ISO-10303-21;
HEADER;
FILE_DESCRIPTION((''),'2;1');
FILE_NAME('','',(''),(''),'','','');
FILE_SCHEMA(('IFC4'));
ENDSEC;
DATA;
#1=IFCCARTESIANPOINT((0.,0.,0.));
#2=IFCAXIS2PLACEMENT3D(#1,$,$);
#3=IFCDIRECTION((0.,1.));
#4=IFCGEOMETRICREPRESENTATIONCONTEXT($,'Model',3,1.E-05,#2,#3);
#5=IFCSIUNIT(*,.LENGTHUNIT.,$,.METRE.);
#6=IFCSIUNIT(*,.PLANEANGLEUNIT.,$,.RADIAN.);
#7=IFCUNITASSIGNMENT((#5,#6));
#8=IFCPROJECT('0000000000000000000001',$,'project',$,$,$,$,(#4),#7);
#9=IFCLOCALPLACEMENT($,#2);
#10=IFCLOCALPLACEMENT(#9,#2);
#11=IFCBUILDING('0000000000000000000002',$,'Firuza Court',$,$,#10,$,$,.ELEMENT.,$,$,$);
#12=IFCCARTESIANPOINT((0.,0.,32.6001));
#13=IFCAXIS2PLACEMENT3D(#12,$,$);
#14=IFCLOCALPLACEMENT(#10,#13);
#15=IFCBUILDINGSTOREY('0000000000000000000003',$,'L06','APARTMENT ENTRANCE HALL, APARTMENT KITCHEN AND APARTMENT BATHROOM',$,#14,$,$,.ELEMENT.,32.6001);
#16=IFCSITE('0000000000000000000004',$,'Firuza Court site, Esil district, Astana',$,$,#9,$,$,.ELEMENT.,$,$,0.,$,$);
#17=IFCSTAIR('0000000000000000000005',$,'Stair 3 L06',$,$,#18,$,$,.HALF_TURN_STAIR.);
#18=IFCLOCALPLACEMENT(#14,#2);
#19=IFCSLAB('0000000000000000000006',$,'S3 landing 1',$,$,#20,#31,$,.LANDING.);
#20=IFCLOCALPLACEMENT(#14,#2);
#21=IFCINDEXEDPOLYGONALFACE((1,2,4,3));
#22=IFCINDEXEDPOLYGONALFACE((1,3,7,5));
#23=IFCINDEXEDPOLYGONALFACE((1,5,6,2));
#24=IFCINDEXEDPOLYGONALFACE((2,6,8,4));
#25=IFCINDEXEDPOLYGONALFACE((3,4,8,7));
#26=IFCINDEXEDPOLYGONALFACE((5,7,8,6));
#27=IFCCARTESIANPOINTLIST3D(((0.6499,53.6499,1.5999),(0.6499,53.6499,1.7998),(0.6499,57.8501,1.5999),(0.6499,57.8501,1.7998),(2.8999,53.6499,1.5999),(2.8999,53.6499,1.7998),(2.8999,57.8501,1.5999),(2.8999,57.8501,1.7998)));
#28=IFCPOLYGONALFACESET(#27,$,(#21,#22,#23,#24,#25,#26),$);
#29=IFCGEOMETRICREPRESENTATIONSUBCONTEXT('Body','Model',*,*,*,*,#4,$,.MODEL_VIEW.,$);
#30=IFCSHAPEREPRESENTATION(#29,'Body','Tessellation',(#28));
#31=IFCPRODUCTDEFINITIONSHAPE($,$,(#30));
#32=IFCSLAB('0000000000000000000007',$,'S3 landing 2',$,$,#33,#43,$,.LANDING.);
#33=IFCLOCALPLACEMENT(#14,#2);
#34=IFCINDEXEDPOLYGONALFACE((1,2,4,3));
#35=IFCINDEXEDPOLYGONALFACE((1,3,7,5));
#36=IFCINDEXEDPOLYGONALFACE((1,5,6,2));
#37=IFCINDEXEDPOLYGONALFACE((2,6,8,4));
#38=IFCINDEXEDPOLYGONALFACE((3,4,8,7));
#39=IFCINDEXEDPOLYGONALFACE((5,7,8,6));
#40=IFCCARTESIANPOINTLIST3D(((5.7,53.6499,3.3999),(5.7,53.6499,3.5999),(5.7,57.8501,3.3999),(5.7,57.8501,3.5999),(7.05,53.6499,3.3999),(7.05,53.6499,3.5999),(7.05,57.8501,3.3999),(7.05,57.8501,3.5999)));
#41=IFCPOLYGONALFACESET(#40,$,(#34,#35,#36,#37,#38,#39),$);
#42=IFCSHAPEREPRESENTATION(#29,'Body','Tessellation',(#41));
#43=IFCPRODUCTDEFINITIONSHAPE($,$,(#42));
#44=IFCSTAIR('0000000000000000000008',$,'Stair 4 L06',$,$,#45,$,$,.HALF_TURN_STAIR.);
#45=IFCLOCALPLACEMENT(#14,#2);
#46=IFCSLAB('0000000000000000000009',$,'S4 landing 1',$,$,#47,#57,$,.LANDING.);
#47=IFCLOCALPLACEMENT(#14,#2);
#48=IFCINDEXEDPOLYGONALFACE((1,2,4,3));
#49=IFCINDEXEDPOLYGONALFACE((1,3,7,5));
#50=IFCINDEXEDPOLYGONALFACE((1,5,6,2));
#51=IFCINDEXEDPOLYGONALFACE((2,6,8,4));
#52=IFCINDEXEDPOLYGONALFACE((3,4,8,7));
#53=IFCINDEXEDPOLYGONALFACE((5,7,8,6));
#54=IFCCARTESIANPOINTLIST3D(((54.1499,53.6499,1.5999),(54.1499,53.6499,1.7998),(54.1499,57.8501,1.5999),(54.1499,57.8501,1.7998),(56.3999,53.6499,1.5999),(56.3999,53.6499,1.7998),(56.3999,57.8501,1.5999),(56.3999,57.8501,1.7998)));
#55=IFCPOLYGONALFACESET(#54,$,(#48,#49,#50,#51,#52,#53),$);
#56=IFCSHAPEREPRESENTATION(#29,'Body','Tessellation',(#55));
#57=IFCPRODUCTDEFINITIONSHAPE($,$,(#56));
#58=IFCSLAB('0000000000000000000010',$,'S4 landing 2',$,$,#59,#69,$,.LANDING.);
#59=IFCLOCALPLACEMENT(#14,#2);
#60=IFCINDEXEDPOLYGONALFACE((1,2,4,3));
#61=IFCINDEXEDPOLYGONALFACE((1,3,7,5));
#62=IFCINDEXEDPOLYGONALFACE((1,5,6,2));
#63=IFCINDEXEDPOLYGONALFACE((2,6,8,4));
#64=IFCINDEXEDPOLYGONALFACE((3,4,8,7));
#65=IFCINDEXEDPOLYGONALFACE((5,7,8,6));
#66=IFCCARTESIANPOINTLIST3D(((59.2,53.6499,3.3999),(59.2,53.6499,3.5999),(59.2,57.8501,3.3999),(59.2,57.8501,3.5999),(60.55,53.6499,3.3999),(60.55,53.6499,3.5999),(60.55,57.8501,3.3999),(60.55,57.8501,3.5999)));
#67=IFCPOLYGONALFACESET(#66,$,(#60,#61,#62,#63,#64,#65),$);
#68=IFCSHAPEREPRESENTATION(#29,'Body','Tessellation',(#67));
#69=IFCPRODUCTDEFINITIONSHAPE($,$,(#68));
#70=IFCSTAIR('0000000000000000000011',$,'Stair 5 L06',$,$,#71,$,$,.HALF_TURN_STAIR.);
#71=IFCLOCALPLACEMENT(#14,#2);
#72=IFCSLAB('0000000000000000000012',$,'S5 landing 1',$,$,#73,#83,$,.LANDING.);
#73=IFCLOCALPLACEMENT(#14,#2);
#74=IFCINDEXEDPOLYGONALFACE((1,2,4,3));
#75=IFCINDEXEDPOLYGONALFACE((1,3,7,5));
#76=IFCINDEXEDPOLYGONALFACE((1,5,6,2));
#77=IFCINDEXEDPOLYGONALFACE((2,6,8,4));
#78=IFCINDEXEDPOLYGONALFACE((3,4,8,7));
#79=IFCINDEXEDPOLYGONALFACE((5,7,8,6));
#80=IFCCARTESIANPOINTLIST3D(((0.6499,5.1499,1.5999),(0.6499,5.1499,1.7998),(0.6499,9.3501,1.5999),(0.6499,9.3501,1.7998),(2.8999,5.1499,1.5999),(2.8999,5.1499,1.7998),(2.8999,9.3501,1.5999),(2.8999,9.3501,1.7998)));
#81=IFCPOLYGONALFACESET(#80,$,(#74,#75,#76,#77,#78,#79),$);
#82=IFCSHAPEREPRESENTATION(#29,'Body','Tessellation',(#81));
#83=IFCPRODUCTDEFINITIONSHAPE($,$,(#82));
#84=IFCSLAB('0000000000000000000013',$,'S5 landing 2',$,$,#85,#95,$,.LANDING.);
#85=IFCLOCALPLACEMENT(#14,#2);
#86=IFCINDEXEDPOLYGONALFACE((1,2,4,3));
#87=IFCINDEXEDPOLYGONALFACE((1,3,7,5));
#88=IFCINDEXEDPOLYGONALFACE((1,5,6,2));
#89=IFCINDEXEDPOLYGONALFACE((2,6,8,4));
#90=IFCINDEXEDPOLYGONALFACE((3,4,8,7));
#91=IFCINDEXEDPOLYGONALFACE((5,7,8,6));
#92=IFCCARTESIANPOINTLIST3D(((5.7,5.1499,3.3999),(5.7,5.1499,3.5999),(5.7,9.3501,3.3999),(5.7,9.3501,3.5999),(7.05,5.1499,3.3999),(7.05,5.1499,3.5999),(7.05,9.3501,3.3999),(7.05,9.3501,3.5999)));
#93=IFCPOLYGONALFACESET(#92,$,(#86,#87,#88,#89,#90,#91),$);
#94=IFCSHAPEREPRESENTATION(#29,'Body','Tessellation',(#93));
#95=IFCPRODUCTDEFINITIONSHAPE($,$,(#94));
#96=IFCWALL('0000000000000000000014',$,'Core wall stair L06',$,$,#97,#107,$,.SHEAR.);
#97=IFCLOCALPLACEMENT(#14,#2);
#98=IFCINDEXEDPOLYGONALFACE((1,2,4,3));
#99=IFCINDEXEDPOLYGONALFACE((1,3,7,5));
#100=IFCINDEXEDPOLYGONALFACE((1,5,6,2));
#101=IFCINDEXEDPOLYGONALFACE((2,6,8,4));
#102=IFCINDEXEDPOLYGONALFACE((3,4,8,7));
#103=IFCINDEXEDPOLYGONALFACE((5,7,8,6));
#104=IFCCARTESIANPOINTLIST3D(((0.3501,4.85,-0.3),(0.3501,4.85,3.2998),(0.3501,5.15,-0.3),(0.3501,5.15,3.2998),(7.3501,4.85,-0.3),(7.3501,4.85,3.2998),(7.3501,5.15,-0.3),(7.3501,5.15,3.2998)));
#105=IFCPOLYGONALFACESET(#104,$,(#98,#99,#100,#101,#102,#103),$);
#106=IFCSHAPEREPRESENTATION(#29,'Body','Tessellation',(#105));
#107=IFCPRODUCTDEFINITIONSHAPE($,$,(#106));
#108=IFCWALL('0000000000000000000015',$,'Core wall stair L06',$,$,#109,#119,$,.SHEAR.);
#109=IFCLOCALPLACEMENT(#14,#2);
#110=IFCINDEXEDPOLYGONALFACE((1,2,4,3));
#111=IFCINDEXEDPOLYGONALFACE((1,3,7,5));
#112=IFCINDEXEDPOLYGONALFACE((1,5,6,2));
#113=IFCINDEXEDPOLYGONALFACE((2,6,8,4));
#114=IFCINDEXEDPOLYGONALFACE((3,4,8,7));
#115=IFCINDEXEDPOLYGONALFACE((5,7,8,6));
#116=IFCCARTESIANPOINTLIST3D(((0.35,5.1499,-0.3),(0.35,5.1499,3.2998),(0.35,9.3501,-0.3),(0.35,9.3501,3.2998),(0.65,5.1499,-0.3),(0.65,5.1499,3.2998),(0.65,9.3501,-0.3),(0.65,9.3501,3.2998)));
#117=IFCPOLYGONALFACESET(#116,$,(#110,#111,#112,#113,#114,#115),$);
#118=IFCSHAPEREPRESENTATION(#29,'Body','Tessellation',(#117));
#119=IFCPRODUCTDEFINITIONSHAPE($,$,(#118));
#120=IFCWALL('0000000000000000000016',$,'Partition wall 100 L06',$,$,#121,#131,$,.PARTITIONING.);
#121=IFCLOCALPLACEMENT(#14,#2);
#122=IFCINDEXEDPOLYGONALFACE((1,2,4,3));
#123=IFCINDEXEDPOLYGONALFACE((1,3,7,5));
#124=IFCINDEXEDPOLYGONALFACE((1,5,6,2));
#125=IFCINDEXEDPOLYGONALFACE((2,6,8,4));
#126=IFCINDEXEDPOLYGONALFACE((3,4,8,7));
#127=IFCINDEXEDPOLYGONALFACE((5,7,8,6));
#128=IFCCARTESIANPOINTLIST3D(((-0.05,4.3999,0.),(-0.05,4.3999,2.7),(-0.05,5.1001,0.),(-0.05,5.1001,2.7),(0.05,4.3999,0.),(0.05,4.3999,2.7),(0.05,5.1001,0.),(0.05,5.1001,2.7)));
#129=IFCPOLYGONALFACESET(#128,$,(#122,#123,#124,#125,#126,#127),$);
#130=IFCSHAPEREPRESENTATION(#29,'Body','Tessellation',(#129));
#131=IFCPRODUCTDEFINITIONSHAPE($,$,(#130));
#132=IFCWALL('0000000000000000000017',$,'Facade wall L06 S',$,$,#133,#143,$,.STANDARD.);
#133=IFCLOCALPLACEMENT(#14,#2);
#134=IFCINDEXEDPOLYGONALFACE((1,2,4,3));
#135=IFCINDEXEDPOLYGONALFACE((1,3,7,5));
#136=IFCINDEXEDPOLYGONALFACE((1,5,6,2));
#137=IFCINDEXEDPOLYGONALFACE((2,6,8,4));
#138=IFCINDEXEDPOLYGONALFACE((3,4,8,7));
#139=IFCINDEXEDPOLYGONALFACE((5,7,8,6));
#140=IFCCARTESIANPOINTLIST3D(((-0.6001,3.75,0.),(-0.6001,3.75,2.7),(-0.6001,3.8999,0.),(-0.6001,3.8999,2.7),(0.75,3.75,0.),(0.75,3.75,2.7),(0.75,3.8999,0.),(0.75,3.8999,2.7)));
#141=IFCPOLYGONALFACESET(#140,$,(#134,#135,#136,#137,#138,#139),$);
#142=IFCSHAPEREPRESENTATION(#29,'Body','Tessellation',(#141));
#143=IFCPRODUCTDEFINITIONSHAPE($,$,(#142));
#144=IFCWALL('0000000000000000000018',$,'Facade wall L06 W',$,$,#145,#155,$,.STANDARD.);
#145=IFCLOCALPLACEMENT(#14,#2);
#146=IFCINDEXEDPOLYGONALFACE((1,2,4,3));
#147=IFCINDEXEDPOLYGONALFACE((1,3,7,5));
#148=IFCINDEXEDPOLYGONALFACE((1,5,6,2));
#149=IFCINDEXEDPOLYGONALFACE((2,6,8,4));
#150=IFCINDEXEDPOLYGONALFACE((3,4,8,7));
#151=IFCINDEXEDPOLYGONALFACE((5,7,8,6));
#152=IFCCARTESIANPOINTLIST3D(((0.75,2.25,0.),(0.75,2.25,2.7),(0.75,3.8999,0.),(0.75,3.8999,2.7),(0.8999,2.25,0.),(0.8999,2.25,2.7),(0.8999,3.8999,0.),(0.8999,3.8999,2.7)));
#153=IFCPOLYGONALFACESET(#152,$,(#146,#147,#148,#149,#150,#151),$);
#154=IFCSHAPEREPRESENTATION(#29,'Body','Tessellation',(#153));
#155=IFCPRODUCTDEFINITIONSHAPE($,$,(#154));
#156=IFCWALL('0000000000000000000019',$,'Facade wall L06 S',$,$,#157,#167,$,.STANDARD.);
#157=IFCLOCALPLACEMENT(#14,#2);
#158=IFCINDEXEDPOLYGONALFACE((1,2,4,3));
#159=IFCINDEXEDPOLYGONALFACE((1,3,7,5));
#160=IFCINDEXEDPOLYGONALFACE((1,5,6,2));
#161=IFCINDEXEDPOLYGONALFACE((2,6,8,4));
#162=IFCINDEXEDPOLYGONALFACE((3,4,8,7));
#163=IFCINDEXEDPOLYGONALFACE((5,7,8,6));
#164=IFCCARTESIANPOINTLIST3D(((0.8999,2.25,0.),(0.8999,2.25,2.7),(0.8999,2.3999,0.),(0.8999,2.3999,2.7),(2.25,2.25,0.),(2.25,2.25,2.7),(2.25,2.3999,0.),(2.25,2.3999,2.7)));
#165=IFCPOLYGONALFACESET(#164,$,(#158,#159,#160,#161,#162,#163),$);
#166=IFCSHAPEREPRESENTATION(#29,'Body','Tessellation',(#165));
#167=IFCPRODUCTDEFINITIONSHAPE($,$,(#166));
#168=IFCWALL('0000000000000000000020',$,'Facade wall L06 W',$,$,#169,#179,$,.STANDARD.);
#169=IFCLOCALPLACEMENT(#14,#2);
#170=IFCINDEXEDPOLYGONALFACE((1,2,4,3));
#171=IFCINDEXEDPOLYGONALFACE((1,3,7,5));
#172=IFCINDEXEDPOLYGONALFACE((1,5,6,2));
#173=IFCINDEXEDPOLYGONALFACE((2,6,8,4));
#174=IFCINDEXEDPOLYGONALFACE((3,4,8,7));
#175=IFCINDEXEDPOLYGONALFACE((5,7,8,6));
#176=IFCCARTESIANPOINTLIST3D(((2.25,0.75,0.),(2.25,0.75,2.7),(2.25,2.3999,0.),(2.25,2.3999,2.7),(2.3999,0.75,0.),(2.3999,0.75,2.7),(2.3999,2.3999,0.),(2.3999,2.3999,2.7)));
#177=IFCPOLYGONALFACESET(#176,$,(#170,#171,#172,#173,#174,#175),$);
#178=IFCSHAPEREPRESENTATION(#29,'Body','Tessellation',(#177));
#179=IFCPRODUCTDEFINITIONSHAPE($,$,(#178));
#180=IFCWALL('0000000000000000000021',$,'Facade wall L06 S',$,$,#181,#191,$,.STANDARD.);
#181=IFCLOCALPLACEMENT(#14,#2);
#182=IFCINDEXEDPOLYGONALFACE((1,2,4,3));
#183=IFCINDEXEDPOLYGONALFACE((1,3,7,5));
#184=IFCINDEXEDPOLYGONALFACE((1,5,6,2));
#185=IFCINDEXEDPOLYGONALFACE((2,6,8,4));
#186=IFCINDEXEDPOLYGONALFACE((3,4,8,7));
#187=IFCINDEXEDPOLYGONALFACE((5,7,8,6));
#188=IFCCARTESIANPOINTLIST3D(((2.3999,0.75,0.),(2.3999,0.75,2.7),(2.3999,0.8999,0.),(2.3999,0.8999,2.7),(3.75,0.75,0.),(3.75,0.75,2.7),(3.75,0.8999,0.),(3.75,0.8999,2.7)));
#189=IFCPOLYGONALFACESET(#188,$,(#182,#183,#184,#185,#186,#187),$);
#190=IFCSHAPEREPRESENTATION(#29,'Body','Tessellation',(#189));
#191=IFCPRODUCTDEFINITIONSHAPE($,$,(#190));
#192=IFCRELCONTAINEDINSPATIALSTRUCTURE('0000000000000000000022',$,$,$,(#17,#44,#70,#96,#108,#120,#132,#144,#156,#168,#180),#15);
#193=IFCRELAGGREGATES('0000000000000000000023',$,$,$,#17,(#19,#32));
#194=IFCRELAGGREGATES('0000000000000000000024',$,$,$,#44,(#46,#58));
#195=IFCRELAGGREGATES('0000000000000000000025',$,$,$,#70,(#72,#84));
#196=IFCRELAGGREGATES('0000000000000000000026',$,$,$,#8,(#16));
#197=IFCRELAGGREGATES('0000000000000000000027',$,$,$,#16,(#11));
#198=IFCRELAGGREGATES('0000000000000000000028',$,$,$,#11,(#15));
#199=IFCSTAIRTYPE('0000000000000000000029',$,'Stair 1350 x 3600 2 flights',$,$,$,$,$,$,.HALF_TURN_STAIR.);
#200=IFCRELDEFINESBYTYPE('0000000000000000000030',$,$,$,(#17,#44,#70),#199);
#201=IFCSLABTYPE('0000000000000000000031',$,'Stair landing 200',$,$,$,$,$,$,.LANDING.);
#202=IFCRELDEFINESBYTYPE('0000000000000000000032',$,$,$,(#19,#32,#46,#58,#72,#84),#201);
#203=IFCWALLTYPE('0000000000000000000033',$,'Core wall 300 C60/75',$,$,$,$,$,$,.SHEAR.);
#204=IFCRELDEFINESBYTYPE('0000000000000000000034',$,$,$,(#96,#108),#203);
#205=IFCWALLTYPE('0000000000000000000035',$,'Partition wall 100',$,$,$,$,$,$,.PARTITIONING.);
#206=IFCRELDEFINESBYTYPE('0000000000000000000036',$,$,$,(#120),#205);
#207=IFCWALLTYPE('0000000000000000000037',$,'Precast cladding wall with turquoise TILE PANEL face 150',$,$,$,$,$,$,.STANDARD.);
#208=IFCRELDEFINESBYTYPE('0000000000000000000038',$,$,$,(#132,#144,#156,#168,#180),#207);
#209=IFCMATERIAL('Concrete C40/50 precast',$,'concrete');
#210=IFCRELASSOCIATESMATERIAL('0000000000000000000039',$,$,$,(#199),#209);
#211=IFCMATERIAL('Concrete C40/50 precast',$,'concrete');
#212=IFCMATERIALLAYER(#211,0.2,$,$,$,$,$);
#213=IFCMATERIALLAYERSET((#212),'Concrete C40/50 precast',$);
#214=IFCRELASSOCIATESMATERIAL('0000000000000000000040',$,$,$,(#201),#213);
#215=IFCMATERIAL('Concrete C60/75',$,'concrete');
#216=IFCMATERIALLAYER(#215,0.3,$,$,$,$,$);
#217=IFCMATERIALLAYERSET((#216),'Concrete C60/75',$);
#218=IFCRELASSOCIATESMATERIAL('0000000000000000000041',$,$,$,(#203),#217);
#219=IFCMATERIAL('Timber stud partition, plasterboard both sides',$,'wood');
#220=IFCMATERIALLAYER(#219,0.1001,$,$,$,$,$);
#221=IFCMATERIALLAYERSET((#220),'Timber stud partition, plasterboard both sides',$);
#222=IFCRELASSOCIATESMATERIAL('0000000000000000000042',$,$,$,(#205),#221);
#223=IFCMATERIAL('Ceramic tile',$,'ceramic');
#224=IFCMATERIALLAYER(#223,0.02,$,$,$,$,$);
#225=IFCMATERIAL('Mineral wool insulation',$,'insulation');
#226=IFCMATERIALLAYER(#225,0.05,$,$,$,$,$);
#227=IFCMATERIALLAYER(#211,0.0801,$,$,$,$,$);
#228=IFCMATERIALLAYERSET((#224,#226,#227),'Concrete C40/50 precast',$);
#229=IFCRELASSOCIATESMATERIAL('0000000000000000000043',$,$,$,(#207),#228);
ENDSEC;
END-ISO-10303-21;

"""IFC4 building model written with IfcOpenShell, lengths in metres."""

from ifc_helpers import new_model, si_unit, direction, frame, frame_2d, origin, place, context, subcontext, project, spatial, polyline, rectangle, outline, extrude, material, layer, layer_set, type_object, element, aggregate, save


model = new_model("IFC4")

# Units and contexts
model_context = context("Model", 3, precision=1e-05, world=origin(), true_north=direction((0.0, 1.0)))
body_context = subcontext(model_context, "Body", "Model", "MODEL_VIEW")
ifc_project = project(units=[si_unit("LENGTHUNIT", "METRE"), si_unit("PLANEANGLEUNIT", "RADIAN")], contexts=[model_context])

# Site, building, storey
site_placement = place(None, origin())
site = spatial("IfcSite", under=ifc_project, at=site_placement, Name="Firuza Court site, Esil district, Astana", CompositionType="ELEMENT", RefElevation=0.0)
building_placement = place(site_placement, origin())
building = spatial("IfcBuilding", under=site, at=building_placement, Name="Firuza Court", CompositionType="ELEMENT")
storey_placement = place(building_placement, frame((0.0, 0.0, 32.6001)))
storey = spatial("IfcBuildingStorey", under=building, at=storey_placement, Name="L06", Description="APARTMENT ENTRANCE HALL, APARTMENT KITCHEN AND APARTMENT BATHROOM", CompositionType="ELEMENT", Elevation=32.6001)

# Stairs, slabs
ifc_material_1 = material(Name="Concrete C40/50 precast", Category="concrete")
stair_type = type_object("IfcStairType", Name="Stair 1350 x 3600 2 flights", PredefinedType="HALF_TURN_STAIR", material=ifc_material_1)
ifc_material_2 = material(Name="Concrete C40/50 precast", Category="concrete")
ifc_layer_1 = layer(ifc_material_2, 0.2)
ifc_layer_set_1 = layer_set([ifc_layer_1], Name="Concrete C40/50 precast")
slab_type_1 = type_object("IfcSlabType", Name="Stair landing 200", PredefinedType="LANDING", material=ifc_layer_set_1)
stair_1_placement = place(storey_placement, origin())
stair_1 = element("IfcStair", 1, at=stair_1_placement, inside=storey, type_object=stair_type, Name="Stair 3 L06", PredefinedType="HALF_TURN_STAIR")
slab_1_placement = place(storey_placement, frame((0.0, 0.0, 1.5999)))
slab_1 = element("IfcSlab", 2, at=slab_1_placement, type_object=slab_type_1, Name="S3 landing 1", PredefinedType="LANDING", context=body_context, shape_type="SweptSolid", body=[
    extrude(outline(polyline([(2.8999, 53.6499), (2.8999, 57.8501), (0.6499, 57.8501), (0.6499, 53.6499), (2.8999, 53.6499)])), origin(), (0.0, 0.0, 1.0), 0.2),
])
slab_2_placement = place(storey_placement, frame((0.0, 0.0, 3.3999)))
slab_2 = element("IfcSlab", 3, at=slab_2_placement, type_object=slab_type_1, Name="S3 landing 2", PredefinedType="LANDING", context=body_context, shape_type="SweptSolid", body=[
    extrude(outline(polyline([(7.05, 53.6499), (7.05, 57.8501), (5.7, 57.8501), (5.7, 53.6499), (7.05, 53.6499)])), origin(), (0.0, 0.0, 1.0), 0.2),
])
aggregate(stair_1, [slab_1, slab_2])
stair_2_placement = place(storey_placement, origin())
stair_2 = element("IfcStair", 4, at=stair_2_placement, inside=storey, type_object=stair_type, Name="Stair 4 L06", PredefinedType="HALF_TURN_STAIR")
slab_3_placement = place(storey_placement, frame((0.0, 0.0, 1.5999)))
slab_3 = element("IfcSlab", 5, at=slab_3_placement, type_object=slab_type_1, Name="S4 landing 1", PredefinedType="LANDING", context=body_context, shape_type="SweptSolid", body=[
    extrude(outline(polyline([(56.3999, 53.6499), (56.3999, 57.8501), (54.1499, 57.8501), (54.1499, 53.6499), (56.3999, 53.6499)])), origin(), (0.0, 0.0, 1.0), 0.2),
])
slab_4_placement = place(storey_placement, frame((0.0, 0.0, 3.3999)))
slab_4 = element("IfcSlab", 6, at=slab_4_placement, type_object=slab_type_1, Name="S4 landing 2", PredefinedType="LANDING", context=body_context, shape_type="SweptSolid", body=[
    extrude(outline(polyline([(60.55, 53.6499), (60.55, 57.8501), (59.2, 57.8501), (59.2, 53.6499), (60.55, 53.6499)])), origin(), (0.0, 0.0, 1.0), 0.2),
])
aggregate(stair_2, [slab_3, slab_4])
stair_3_placement = place(storey_placement, origin())
stair_3 = element("IfcStair", 7, at=stair_3_placement, inside=storey, type_object=stair_type, Name="Stair 5 L06", PredefinedType="HALF_TURN_STAIR")
slab_5_placement = place(storey_placement, frame((0.0, 0.0, 1.5999)))
slab_5 = element("IfcSlab", 8, at=slab_5_placement, type_object=slab_type_1, Name="S5 landing 1", PredefinedType="LANDING", context=body_context, shape_type="SweptSolid", body=[
    extrude(outline(polyline([(2.8999, 5.1499), (2.8999, 9.3501), (0.6499, 9.3501), (0.6499, 5.1499), (2.8999, 5.1499)])), origin(), (0.0, 0.0, 1.0), 0.2),
])
slab_6_placement = place(storey_placement, frame((0.0, 0.0, 3.3999)))
slab_6 = element("IfcSlab", 9, at=slab_6_placement, type_object=slab_type_1, Name="S5 landing 2", PredefinedType="LANDING", context=body_context, shape_type="SweptSolid", body=[
    extrude(outline(polyline([(7.05, 5.1499), (7.05, 9.3501), (5.7, 9.3501), (5.7, 5.1499), (7.05, 5.1499)])), origin(), (0.0, 0.0, 1.0), 0.2),
])

# Walls
ifc_material_3 = material(Name="Concrete C60/75", Category="concrete")
ifc_layer_2 = layer(ifc_material_3, 0.3)
ifc_layer_set_2 = layer_set([ifc_layer_2], Name="Concrete C60/75")
wall_type_1 = type_object("IfcWallType", Name="Core wall 300 C60/75", PredefinedType="SHEAR", material=ifc_layer_set_2)
wall_1_placement = place(storey_placement, frame((0.3501, 5.0, -0.3), z_axis=(0.0, 0.0, 1.0), x_axis=(1.0, 0.0, 0.0)))
element("IfcWall", 10, at=wall_1_placement, inside=storey, type_object=wall_type_1, Name="Core wall stair L06", PredefinedType="SHEAR", context=body_context, shape_type="SweptSolid", body=[
    extrude(rectangle(XDim=7.0, YDim=0.3, at=frame_2d((3.5, 0.0))), origin(), (0.0, 0.0, 1.0), 3.5999),
])
wall_2_placement = place(storey_placement, frame((0.5, 5.1499, -0.3), z_axis=(0.0, 0.0, 1.0), x_axis=(0.0, 1.0, 0.0)))
element("IfcWall", 11, at=wall_2_placement, inside=storey, type_object=wall_type_1, Name="Core wall stair L06", PredefinedType="SHEAR", context=body_context, shape_type="SweptSolid", body=[
    extrude(rectangle(XDim=4.2002, YDim=0.3, at=frame_2d((2.1001, 0.0))), origin(), (0.0, 0.0, 1.0), 3.5999),
])
ifc_material_4 = material(Name="Timber stud partition, plasterboard both sides", Category="wood")
ifc_layer_3 = layer(ifc_material_4, 0.1001)
ifc_layer_set_3 = layer_set([ifc_layer_3], Name="Timber stud partition, plasterboard both sides")
wall_type_2 = type_object("IfcWallType", Name="Partition wall 100", PredefinedType="PARTITIONING", material=ifc_layer_set_3)
wall_3_placement = place(storey_placement, frame((0.0, 4.3999, 0.0), z_axis=(0.0, 0.0, 1.0), x_axis=(0.0, 1.0, 0.0)))
element("IfcWall", 12, at=wall_3_placement, inside=storey, type_object=wall_type_2, Name="Partition wall 100 L06", PredefinedType="PARTITIONING", context=body_context, shape_type="SweptSolid", body=[
    extrude(rectangle(XDim=0.7002, YDim=0.1001, at=frame_2d((0.3501, 0.0))), origin(), (0.0, 0.0, 1.0), 2.7),
])
ifc_material_5 = material(Name="Ceramic tile", Category="ceramic")
ifc_layer_4 = layer(ifc_material_5, 0.02)
ifc_material_6 = material(Name="Mineral wool insulation", Category="insulation")
ifc_layer_5 = layer(ifc_material_6, 0.05)
ifc_layer_6 = layer(ifc_material_2, 0.0801)
ifc_layer_set_4 = layer_set([ifc_layer_4, ifc_layer_5, ifc_layer_6], Name="Concrete C40/50 precast")
wall_type_3 = type_object("IfcWallType", Name="Precast cladding wall with turquoise TILE PANEL face 150", PredefinedType="STANDARD", material=ifc_layer_set_4)
wall_4_placement = place(storey_placement, frame((-0.6001, 3.825, 0.0), z_axis=(0.0, 0.0, 1.0), x_axis=(1.0, 0.0, 0.0)))
element("IfcWall", 13, at=wall_4_placement, inside=storey, type_object=wall_type_3, Name="Facade wall L06 S", PredefinedType="STANDARD", context=body_context, shape_type="SweptSolid", body=[
    extrude(rectangle(XDim=1.3501, YDim=0.1499, at=frame_2d((0.675, 0.0))), origin(), (0.0, 0.0, 1.0), 2.7),
])
wall_5_placement = place(storey_placement, frame((0.825, 3.8999, 0.0), z_axis=(0.0, 0.0, 1.0), x_axis=(0.0, -1.0, 0.0)))
element("IfcWall", 14, at=wall_5_placement, inside=storey, type_object=wall_type_3, Name="Facade wall L06 W", PredefinedType="STANDARD", context=body_context, shape_type="SweptSolid", body=[
    extrude(rectangle(XDim=1.6499, YDim=0.1499, at=frame_2d((0.825, 0.0))), origin(), (0.0, 0.0, 1.0), 2.7),
])
wall_6_placement = place(storey_placement, frame((0.8999, 2.325, 0.0), z_axis=(0.0, 0.0, 1.0), x_axis=(1.0, 0.0, 0.0)))
element("IfcWall", 15, at=wall_6_placement, inside=storey, type_object=wall_type_3, Name="Facade wall L06 S", PredefinedType="STANDARD", context=body_context, shape_type="SweptSolid", body=[
    extrude(rectangle(XDim=1.3501, YDim=0.1499, at=frame_2d((0.675, 0.0))), origin(), (0.0, 0.0, 1.0), 2.7),
])
wall_7_placement = place(storey_placement, frame((2.325, 2.3999, 0.0), z_axis=(0.0, 0.0, 1.0), x_axis=(0.0, -1.0, 0.0)))
element("IfcWall", 16, at=wall_7_placement, inside=storey, type_object=wall_type_3, Name="Facade wall L06 W", PredefinedType="STANDARD", context=body_context, shape_type="SweptSolid", body=[
    extrude(rectangle(XDim=1.6499, YDim=0.1499, at=frame_2d((0.825, 0.0))), origin(), (0.0, 0.0, 1.0), 2.7),
])
wall_8_placement = place(storey_placement, frame((2.3999, 0.825, 0.0), z_axis=(0.0, 0.0, 1.0), x_axis=(1.0, 0.0, 0.0)))
element("IfcWall", 17, at=wall_8_placement, inside=storey, type_object=wall_type_3, Name="Facade wall L06 S", PredefinedType="STANDARD", context=body_context, shape_type="SweptSolid", body=[
    extrude(rectangle(XDim=1.3501, YDim=0.1499, at=frame_2d((0.675, 0.0))), origin(), (0.0, 0.0, 1.0), 2.7),
])

aggregate(stair_3, [slab_5, slab_6])

save(model, "model.ifc")
